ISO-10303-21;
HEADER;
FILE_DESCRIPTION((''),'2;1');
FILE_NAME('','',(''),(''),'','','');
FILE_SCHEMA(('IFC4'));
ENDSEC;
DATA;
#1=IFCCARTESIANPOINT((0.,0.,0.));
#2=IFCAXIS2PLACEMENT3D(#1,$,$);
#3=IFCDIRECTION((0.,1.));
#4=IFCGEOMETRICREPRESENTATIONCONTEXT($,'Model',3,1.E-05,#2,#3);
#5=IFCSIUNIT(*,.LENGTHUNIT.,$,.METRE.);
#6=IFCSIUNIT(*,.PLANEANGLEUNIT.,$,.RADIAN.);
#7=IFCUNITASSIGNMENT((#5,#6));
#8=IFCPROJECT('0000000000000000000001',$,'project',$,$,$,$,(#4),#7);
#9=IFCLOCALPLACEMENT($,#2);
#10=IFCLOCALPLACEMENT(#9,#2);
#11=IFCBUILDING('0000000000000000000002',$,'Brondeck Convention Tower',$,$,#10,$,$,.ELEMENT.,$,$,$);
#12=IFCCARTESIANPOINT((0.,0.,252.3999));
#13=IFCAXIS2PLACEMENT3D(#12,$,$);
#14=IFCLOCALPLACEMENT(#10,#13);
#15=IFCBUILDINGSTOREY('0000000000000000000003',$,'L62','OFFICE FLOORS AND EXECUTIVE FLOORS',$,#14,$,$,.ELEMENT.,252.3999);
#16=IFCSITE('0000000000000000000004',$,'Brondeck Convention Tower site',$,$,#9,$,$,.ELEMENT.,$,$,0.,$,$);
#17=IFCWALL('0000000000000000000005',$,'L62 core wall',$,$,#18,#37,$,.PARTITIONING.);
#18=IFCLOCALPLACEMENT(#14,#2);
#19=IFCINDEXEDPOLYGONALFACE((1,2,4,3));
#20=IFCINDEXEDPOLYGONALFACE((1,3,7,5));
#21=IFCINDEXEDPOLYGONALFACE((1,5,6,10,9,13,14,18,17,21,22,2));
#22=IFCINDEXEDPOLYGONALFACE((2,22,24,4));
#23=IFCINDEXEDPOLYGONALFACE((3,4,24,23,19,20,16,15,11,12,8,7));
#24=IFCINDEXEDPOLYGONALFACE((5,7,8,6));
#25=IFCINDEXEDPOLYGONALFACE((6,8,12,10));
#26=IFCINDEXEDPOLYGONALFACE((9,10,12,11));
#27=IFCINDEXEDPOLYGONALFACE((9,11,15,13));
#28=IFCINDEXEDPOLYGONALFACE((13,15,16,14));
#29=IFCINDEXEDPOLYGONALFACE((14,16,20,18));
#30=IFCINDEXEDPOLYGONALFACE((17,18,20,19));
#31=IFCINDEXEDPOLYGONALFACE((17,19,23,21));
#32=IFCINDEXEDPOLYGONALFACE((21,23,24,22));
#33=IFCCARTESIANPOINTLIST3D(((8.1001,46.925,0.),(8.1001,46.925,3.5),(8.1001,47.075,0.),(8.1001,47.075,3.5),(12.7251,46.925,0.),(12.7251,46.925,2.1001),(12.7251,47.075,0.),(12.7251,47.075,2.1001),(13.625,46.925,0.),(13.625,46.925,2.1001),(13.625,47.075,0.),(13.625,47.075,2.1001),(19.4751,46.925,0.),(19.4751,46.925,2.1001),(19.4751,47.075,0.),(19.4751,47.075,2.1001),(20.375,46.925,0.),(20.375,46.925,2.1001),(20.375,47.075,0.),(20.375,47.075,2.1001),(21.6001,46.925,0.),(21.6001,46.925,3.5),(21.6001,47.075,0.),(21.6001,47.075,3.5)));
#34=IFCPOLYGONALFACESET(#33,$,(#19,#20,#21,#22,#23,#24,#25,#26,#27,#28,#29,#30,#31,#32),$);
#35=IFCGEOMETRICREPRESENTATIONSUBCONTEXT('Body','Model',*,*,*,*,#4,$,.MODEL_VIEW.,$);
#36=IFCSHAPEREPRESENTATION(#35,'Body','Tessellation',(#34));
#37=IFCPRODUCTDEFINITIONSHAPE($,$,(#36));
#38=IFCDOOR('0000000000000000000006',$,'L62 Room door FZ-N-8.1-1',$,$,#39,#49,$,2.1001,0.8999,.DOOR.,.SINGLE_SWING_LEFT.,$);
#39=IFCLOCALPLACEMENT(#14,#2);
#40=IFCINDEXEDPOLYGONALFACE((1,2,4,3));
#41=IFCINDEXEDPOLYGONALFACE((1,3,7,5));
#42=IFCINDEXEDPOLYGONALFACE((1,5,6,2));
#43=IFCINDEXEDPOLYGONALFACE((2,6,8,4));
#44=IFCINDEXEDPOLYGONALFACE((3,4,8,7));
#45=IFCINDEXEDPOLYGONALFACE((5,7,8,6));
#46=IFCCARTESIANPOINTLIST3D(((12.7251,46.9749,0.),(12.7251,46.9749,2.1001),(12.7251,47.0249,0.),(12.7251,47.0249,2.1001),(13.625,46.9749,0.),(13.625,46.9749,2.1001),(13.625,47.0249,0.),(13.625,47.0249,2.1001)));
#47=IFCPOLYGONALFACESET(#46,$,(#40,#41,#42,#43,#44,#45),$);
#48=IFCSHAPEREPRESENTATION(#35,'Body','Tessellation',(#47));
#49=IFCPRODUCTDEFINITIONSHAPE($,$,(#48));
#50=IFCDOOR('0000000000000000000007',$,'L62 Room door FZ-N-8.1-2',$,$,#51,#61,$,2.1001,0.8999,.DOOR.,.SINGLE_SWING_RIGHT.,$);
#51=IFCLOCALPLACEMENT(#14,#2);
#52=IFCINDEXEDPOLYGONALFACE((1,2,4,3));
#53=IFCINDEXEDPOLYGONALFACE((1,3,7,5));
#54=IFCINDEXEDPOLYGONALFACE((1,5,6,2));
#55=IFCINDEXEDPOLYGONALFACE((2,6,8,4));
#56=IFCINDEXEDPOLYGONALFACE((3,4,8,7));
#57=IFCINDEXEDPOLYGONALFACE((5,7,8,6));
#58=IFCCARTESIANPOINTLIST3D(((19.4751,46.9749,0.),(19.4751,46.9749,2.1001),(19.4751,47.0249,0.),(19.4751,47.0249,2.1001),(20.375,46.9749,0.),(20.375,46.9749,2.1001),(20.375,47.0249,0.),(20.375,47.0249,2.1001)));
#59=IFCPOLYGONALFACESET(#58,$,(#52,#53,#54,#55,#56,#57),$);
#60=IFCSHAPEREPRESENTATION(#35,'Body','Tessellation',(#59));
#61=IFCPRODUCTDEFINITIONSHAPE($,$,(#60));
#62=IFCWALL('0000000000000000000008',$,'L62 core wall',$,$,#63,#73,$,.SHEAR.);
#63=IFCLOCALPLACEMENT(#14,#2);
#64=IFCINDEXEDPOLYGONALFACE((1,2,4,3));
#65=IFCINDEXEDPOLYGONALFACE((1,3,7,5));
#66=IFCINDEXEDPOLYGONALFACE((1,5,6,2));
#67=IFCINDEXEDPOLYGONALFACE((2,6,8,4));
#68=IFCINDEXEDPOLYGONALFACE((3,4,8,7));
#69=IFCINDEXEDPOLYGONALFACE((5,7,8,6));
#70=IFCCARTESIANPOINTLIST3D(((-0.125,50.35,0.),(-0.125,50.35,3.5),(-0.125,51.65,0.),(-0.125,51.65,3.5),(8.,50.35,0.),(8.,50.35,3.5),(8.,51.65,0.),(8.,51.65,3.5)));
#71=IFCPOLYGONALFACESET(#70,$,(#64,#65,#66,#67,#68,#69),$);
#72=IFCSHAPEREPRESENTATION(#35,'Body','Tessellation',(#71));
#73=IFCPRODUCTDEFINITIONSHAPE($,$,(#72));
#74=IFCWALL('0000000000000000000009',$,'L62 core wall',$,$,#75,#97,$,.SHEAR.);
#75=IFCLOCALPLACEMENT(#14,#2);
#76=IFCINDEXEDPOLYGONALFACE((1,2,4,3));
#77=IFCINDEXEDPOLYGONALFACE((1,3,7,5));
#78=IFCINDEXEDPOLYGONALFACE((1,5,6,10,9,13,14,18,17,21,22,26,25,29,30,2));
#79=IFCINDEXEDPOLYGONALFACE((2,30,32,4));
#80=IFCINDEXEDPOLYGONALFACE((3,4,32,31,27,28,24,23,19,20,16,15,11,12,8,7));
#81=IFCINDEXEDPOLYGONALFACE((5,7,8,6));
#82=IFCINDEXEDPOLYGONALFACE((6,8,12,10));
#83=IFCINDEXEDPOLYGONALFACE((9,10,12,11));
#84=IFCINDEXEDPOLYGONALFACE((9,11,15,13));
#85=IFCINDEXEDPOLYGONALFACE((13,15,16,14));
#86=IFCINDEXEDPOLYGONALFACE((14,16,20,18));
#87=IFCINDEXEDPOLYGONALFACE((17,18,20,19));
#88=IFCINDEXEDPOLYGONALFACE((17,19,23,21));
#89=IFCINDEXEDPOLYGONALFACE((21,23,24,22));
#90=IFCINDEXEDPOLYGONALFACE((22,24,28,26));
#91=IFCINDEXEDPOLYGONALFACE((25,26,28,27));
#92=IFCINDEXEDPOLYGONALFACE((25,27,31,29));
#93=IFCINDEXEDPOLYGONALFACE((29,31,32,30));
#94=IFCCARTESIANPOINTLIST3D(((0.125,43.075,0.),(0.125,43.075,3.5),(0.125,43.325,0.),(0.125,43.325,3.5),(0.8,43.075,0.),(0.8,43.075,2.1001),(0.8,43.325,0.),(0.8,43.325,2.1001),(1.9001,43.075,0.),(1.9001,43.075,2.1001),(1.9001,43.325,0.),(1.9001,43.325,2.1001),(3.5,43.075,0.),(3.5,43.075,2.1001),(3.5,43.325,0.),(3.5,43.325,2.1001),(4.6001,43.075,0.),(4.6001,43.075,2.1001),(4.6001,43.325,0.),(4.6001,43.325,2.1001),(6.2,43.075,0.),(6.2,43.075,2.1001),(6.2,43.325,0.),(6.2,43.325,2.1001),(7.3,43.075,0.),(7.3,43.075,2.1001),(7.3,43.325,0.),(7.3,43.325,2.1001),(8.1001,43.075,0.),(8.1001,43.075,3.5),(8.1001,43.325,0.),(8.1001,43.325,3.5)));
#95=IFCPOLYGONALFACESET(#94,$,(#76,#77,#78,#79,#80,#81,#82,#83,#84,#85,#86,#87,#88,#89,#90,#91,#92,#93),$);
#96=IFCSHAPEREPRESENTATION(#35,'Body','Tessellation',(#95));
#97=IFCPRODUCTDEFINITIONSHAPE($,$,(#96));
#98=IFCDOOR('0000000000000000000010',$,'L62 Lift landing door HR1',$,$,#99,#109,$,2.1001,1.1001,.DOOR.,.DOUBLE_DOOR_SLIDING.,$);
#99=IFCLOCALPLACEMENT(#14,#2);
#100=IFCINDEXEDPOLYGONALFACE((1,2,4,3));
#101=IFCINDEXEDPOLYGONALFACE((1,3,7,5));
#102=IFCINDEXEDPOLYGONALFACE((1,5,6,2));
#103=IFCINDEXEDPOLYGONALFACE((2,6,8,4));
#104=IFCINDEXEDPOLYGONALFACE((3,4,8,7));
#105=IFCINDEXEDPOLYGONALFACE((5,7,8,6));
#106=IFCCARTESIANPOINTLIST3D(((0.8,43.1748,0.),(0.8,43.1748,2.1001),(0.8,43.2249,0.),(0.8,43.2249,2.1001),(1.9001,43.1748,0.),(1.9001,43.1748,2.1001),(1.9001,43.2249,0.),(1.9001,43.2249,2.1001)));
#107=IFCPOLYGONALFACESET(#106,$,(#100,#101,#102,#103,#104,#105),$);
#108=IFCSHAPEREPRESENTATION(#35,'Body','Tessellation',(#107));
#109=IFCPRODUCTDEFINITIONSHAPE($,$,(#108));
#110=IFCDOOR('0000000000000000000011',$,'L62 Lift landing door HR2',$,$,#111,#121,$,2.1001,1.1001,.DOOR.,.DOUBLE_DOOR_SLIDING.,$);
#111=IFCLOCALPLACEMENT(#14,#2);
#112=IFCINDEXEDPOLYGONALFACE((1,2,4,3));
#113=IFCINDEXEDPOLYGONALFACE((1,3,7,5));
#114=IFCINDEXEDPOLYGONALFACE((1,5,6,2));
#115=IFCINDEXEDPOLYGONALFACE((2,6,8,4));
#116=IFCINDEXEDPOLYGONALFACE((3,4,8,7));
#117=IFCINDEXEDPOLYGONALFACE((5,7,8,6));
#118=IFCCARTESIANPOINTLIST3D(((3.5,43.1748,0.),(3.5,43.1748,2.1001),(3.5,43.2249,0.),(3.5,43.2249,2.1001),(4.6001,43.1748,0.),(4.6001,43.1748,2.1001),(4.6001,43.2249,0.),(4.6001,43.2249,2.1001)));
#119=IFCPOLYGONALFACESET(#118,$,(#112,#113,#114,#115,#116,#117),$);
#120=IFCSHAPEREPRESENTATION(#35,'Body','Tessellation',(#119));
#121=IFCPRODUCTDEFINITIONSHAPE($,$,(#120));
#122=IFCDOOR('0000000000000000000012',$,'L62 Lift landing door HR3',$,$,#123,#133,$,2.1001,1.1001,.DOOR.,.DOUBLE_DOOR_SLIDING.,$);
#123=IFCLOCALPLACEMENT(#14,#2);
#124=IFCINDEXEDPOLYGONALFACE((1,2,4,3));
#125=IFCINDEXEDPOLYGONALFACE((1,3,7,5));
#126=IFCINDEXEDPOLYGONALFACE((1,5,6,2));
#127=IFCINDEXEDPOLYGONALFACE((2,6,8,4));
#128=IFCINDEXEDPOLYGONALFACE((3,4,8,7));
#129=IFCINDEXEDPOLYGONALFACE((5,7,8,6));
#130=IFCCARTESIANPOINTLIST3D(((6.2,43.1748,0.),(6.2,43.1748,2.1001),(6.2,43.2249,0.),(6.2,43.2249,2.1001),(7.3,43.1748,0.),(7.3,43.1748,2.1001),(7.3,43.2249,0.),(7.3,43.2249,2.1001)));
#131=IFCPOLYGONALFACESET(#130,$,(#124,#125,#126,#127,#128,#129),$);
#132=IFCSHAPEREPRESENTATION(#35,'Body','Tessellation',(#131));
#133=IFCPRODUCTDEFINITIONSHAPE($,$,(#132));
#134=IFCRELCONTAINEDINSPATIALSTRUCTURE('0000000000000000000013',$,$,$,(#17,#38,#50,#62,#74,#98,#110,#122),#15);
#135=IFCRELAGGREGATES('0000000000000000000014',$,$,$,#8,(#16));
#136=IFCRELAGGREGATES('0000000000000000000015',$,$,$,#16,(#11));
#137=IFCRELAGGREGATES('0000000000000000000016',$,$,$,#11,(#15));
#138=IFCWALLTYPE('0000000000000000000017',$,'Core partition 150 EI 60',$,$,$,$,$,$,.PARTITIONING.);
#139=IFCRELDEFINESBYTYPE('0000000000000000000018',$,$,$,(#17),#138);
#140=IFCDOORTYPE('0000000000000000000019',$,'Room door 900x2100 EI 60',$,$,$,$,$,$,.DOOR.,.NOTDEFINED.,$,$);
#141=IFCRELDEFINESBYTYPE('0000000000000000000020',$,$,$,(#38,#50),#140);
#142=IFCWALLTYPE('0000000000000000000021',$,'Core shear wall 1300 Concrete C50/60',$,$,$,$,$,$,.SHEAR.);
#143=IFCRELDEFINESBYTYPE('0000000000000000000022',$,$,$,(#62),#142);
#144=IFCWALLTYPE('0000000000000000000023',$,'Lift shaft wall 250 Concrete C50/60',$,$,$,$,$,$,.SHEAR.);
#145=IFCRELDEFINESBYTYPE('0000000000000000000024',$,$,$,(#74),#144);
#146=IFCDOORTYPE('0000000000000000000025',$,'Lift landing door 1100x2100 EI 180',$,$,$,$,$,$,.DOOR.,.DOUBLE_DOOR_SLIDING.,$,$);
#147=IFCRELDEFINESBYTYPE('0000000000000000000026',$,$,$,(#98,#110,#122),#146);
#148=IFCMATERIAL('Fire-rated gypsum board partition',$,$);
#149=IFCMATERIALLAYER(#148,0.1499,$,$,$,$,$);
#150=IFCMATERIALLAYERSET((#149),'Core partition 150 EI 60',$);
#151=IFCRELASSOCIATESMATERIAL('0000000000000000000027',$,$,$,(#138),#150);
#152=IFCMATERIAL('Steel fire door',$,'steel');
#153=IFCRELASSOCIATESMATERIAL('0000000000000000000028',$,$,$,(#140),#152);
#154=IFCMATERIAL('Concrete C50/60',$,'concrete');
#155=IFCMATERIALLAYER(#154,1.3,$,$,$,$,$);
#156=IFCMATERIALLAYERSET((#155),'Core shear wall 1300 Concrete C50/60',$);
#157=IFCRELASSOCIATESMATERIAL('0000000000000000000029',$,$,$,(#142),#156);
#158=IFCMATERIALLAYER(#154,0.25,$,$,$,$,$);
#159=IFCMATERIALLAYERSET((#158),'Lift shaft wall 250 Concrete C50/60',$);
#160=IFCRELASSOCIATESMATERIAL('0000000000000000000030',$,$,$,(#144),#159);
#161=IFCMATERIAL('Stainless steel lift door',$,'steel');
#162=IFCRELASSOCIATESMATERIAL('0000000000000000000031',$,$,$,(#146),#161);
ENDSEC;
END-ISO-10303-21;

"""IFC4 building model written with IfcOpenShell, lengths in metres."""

from ifc_helpers import new_model, si_unit, direction, frame, frame_2d, origin, place, context, subcontext, project, spatial, rectangle, extrude, material, layer, layer_set, type_object, element, fill, save


model = new_model("IFC4")

# Units and contexts
model_context = context("Model", 3, precision=1e-05, world=origin(), true_north=direction((0.0, 1.0)))
body_context = subcontext(model_context, "Body", "Model", "MODEL_VIEW")
ifc_project = project(units=[si_unit("LENGTHUNIT", "METRE"), si_unit("PLANEANGLEUNIT", "RADIAN")], contexts=[model_context])

# Site, building, storey
site_placement = place(None, origin())
site = spatial("IfcSite", under=ifc_project, at=site_placement, Name="Brondeck Convention Tower site", CompositionType="ELEMENT", RefElevation=0.0)
building_placement = place(site_placement, origin())
building = spatial("IfcBuilding", under=site, at=building_placement, Name="Brondeck Convention Tower", CompositionType="ELEMENT")
storey_placement = place(building_placement, frame((0.0, 0.0, 252.3999)))
storey = spatial("IfcBuildingStorey", under=building, at=storey_placement, Name="L62", Description="OFFICE FLOORS AND EXECUTIVE FLOORS", CompositionType="ELEMENT", Elevation=252.3999)

# Shared definitions
ifc_material_1 = material(Name="Concrete C50/60", Category="concrete")

# Wall, openings, doors
ifc_material_2 = material(Name="Fire-rated gypsum board partition")
ifc_layer_1 = layer(ifc_material_2, 0.1499)
ifc_layer_set_1 = layer_set([ifc_layer_1], Name="Core partition 150 EI 60")
wall_type_1 = type_object("IfcWallType", Name="Core partition 150 EI 60", PredefinedType="PARTITIONING", material=ifc_layer_set_1)
ifc_material_3 = material(Name="Steel fire door", Category="steel")
door_type_1 = type_object("IfcDoorType", Name="Room door 900x2100 EI 60", OperationType="NOTDEFINED", PredefinedType="DOOR", material=ifc_material_3)
wall_1_placement = place(storey_placement, frame((8.1001, 47.0, 0.0), z_axis=(0.0, 0.0, 1.0), x_axis=(1.0, 0.0, 0.0)))
wall_1 = element("IfcWall", 1, at=wall_1_placement, inside=storey, type_object=wall_type_1, Name="L62 core wall", PredefinedType="PARTITIONING", context=body_context, shape_type="SweptSolid", body=[
    extrude(rectangle(XDim=13.5, YDim=0.1499, at=frame_2d((6.75, 0.0))), origin(), (0.0, 0.0, 1.0), 3.5),
])
opening_1_placement = place(wall_1_placement, frame((4.625, 0.0, 0.0)))
opening_1 = element("IfcOpeningElement", 2, at=opening_1_placement, cuts=wall_1, PredefinedType="OPENING", context=body_context, shape_type="SweptSolid", body=[
    extrude(rectangle(XDim=0.8999, YDim=2.1001, at=frame_2d((0.45, 1.05))), frame((0.0, 0.085, 0.0), z_axis=(0.0, -1.0, 0.0), x_axis=(1.0, 0.0, 0.0)), (0.0, 0.0, 1.0), 0.1699),
])
opening_2_placement = place(wall_1_placement, frame((11.375, 0.0, 0.0)))
opening_2 = element("IfcOpeningElement", 3, at=opening_2_placement, cuts=wall_1, PredefinedType="OPENING", context=body_context, shape_type="SweptSolid", body=[
    extrude(rectangle(XDim=0.8999, YDim=2.1001, at=frame_2d((0.45, 1.05))), frame((0.0, 0.085, 0.0), z_axis=(0.0, -1.0, 0.0), x_axis=(1.0, 0.0, 0.0)), (0.0, 0.0, 1.0), 0.1699),
])
door_1_placement = place(opening_1_placement, origin())
door_1 = element("IfcDoor", 4, at=door_1_placement, inside=storey, type_object=door_type_1, Name="L62 Room door FZ-N-8.1-1", OperationType="SINGLE_SWING_LEFT", OverallHeight=2.1001, OverallWidth=0.8999, PredefinedType="DOOR", context=body_context, shape_type="SweptSolid", body=[
    extrude(rectangle(XDim=0.8999, YDim=2.1001, at=frame_2d((0.45, 1.05))), frame((0.0, 0.0249, 0.0), z_axis=(0.0, -1.0, 0.0), x_axis=(1.0, 0.0, 0.0)), (0.0, 0.0, 1.0), 0.05),
])
fill(opening_1, door_1)
door_2_placement = place(opening_2_placement, origin())
door_2 = element("IfcDoor", 5, at=door_2_placement, inside=storey, type_object=door_type_1, Name="L62 Room door FZ-N-8.1-2", OperationType="SINGLE_SWING_RIGHT", OverallHeight=2.1001, OverallWidth=0.8999, PredefinedType="DOOR", context=body_context, shape_type="SweptSolid", body=[
    extrude(rectangle(XDim=0.8999, YDim=2.1001, at=frame_2d((0.45, 1.05))), frame((0.0, 0.0249, 0.0), z_axis=(0.0, -1.0, 0.0), x_axis=(1.0, 0.0, 0.0)), (0.0, 0.0, 1.0), 0.05),
])
fill(opening_2, door_2)

# Wall
ifc_layer_2 = layer(ifc_material_1, 1.3)
ifc_layer_set_2 = layer_set([ifc_layer_2], Name="Core shear wall 1300 Concrete C50/60")
wall_type_2 = type_object("IfcWallType", Name="Core shear wall 1300 Concrete C50/60", PredefinedType="SHEAR", material=ifc_layer_set_2)
wall_2_placement = place(storey_placement, frame((-0.125, 51.0, 0.0), z_axis=(0.0, 0.0, 1.0), x_axis=(1.0, 0.0, 0.0)))
element("IfcWall", 6, at=wall_2_placement, inside=storey, type_object=wall_type_2, Name="L62 core wall", PredefinedType="SHEAR", context=body_context, shape_type="SweptSolid", body=[
    extrude(rectangle(XDim=8.125, YDim=1.3, at=frame_2d((4.0625, 0.0))), origin(), (0.0, 0.0, 1.0), 3.5),
])

# Wall, openings, doors
ifc_layer_3 = layer(ifc_material_1, 0.25)
ifc_layer_set_3 = layer_set([ifc_layer_3], Name="Lift shaft wall 250 Concrete C50/60")
wall_type_3 = type_object("IfcWallType", Name="Lift shaft wall 250 Concrete C50/60", PredefinedType="SHEAR", material=ifc_layer_set_3)
wall_3_placement = place(storey_placement, frame((0.125, 43.2, 0.0), z_axis=(0.0, 0.0, 1.0), x_axis=(1.0, 0.0, 0.0)))
wall_3 = element("IfcWall", 7, at=wall_3_placement, inside=storey, type_object=wall_type_3, Name="L62 core wall", PredefinedType="SHEAR", context=body_context, shape_type="SweptSolid", body=[
    extrude(rectangle(XDim=7.9751, YDim=0.25, at=frame_2d((3.9875, 0.0))), origin(), (0.0, 0.0, 1.0), 3.5),
])
opening_3_placement = place(wall_3_placement, frame((0.675, 0.0, 0.0)))
opening_3 = element("IfcOpeningElement", 8, at=opening_3_placement, cuts=wall_3, PredefinedType="OPENING", context=body_context, shape_type="SweptSolid", body=[
    extrude(rectangle(XDim=1.1001, YDim=2.1001, at=frame_2d((0.55, 1.05))), frame((0.0, 0.135, 0.0), z_axis=(0.0, -1.0, 0.0), x_axis=(1.0, 0.0, 0.0)), (0.0, 0.0, 1.0), 0.27),
])
opening_4_placement = place(wall_3_placement, frame((3.375, 0.0, 0.0)))
opening_4 = element("IfcOpeningElement", 9, at=opening_4_placement, cuts=wall_3, PredefinedType="OPENING", context=body_context, shape_type="SweptSolid", body=[
    extrude(rectangle(XDim=1.1001, YDim=2.1001, at=frame_2d((0.55, 1.05))), frame((0.0, 0.135, 0.0), z_axis=(0.0, -1.0, 0.0), x_axis=(1.0, 0.0, 0.0)), (0.0, 0.0, 1.0), 0.27),
])
opening_5_placement = place(wall_3_placement, frame((6.075, 0.0, 0.0)))
opening_5 = element("IfcOpeningElement", 10, at=opening_5_placement, cuts=wall_3, PredefinedType="OPENING", context=body_context, shape_type="SweptSolid", body=[
    extrude(rectangle(XDim=1.1001, YDim=2.1001, at=frame_2d((0.55, 1.05))), frame((0.0, 0.135, 0.0), z_axis=(0.0, -1.0, 0.0), x_axis=(1.0, 0.0, 0.0)), (0.0, 0.0, 1.0), 0.27),
])
ifc_material_4 = material(Name="Stainless steel lift door", Category="steel")
door_type_2 = type_object("IfcDoorType", Name="Lift landing door 1100x2100 EI 180", OperationType="DOUBLE_DOOR_SLIDING", PredefinedType="DOOR", material=ifc_material_4)
door_3_placement = place(opening_3_placement, origin())
door_3 = element("IfcDoor", 11, at=door_3_placement, inside=storey, type_object=door_type_2, Name="L62 Lift landing door HR1", OperationType="DOUBLE_DOOR_SLIDING", OverallHeight=2.1001, OverallWidth=1.1001, PredefinedType="DOOR", context=body_context, shape_type="SweptSolid", body=[
    extrude(rectangle(XDim=1.1001, YDim=2.1001, at=frame_2d((0.55, 1.05))), frame((0.0, 0.0249, 0.0), z_axis=(0.0, -1.0, 0.0), x_axis=(1.0, 0.0, 0.0)), (0.0, 0.0, 1.0), 0.05),
])
fill(opening_3, door_3)
door_4_placement = place(opening_4_placement, origin())
door_4 = element("IfcDoor", 12, at=door_4_placement, inside=storey, type_object=door_type_2, Name="L62 Lift landing door HR2", OperationType="DOUBLE_DOOR_SLIDING", OverallHeight=2.1001, OverallWidth=1.1001, PredefinedType="DOOR", context=body_context, shape_type="SweptSolid", body=[
    extrude(rectangle(XDim=1.1001, YDim=2.1001, at=frame_2d((0.55, 1.05))), frame((0.0, 0.0249, 0.0), z_axis=(0.0, -1.0, 0.0), x_axis=(1.0, 0.0, 0.0)), (0.0, 0.0, 1.0), 0.05),
])
fill(opening_4, door_4)
door_5_placement = place(opening_5_placement, origin())
door_5 = element("IfcDoor", 13, at=door_5_placement, inside=storey, type_object=door_type_2, Name="L62 Lift landing door HR3", OperationType="DOUBLE_DOOR_SLIDING", OverallHeight=2.1001, OverallWidth=1.1001, PredefinedType="DOOR", context=body_context, shape_type="SweptSolid", body=[
    extrude(rectangle(XDim=1.1001, YDim=2.1001, at=frame_2d((0.55, 1.05))), frame((0.0, 0.0249, 0.0), z_axis=(0.0, -1.0, 0.0), x_axis=(1.0, 0.0, 0.0)), (0.0, 0.0, 1.0), 0.05),
])
fill(opening_5, door_5)

save(model, "model.ifc")
